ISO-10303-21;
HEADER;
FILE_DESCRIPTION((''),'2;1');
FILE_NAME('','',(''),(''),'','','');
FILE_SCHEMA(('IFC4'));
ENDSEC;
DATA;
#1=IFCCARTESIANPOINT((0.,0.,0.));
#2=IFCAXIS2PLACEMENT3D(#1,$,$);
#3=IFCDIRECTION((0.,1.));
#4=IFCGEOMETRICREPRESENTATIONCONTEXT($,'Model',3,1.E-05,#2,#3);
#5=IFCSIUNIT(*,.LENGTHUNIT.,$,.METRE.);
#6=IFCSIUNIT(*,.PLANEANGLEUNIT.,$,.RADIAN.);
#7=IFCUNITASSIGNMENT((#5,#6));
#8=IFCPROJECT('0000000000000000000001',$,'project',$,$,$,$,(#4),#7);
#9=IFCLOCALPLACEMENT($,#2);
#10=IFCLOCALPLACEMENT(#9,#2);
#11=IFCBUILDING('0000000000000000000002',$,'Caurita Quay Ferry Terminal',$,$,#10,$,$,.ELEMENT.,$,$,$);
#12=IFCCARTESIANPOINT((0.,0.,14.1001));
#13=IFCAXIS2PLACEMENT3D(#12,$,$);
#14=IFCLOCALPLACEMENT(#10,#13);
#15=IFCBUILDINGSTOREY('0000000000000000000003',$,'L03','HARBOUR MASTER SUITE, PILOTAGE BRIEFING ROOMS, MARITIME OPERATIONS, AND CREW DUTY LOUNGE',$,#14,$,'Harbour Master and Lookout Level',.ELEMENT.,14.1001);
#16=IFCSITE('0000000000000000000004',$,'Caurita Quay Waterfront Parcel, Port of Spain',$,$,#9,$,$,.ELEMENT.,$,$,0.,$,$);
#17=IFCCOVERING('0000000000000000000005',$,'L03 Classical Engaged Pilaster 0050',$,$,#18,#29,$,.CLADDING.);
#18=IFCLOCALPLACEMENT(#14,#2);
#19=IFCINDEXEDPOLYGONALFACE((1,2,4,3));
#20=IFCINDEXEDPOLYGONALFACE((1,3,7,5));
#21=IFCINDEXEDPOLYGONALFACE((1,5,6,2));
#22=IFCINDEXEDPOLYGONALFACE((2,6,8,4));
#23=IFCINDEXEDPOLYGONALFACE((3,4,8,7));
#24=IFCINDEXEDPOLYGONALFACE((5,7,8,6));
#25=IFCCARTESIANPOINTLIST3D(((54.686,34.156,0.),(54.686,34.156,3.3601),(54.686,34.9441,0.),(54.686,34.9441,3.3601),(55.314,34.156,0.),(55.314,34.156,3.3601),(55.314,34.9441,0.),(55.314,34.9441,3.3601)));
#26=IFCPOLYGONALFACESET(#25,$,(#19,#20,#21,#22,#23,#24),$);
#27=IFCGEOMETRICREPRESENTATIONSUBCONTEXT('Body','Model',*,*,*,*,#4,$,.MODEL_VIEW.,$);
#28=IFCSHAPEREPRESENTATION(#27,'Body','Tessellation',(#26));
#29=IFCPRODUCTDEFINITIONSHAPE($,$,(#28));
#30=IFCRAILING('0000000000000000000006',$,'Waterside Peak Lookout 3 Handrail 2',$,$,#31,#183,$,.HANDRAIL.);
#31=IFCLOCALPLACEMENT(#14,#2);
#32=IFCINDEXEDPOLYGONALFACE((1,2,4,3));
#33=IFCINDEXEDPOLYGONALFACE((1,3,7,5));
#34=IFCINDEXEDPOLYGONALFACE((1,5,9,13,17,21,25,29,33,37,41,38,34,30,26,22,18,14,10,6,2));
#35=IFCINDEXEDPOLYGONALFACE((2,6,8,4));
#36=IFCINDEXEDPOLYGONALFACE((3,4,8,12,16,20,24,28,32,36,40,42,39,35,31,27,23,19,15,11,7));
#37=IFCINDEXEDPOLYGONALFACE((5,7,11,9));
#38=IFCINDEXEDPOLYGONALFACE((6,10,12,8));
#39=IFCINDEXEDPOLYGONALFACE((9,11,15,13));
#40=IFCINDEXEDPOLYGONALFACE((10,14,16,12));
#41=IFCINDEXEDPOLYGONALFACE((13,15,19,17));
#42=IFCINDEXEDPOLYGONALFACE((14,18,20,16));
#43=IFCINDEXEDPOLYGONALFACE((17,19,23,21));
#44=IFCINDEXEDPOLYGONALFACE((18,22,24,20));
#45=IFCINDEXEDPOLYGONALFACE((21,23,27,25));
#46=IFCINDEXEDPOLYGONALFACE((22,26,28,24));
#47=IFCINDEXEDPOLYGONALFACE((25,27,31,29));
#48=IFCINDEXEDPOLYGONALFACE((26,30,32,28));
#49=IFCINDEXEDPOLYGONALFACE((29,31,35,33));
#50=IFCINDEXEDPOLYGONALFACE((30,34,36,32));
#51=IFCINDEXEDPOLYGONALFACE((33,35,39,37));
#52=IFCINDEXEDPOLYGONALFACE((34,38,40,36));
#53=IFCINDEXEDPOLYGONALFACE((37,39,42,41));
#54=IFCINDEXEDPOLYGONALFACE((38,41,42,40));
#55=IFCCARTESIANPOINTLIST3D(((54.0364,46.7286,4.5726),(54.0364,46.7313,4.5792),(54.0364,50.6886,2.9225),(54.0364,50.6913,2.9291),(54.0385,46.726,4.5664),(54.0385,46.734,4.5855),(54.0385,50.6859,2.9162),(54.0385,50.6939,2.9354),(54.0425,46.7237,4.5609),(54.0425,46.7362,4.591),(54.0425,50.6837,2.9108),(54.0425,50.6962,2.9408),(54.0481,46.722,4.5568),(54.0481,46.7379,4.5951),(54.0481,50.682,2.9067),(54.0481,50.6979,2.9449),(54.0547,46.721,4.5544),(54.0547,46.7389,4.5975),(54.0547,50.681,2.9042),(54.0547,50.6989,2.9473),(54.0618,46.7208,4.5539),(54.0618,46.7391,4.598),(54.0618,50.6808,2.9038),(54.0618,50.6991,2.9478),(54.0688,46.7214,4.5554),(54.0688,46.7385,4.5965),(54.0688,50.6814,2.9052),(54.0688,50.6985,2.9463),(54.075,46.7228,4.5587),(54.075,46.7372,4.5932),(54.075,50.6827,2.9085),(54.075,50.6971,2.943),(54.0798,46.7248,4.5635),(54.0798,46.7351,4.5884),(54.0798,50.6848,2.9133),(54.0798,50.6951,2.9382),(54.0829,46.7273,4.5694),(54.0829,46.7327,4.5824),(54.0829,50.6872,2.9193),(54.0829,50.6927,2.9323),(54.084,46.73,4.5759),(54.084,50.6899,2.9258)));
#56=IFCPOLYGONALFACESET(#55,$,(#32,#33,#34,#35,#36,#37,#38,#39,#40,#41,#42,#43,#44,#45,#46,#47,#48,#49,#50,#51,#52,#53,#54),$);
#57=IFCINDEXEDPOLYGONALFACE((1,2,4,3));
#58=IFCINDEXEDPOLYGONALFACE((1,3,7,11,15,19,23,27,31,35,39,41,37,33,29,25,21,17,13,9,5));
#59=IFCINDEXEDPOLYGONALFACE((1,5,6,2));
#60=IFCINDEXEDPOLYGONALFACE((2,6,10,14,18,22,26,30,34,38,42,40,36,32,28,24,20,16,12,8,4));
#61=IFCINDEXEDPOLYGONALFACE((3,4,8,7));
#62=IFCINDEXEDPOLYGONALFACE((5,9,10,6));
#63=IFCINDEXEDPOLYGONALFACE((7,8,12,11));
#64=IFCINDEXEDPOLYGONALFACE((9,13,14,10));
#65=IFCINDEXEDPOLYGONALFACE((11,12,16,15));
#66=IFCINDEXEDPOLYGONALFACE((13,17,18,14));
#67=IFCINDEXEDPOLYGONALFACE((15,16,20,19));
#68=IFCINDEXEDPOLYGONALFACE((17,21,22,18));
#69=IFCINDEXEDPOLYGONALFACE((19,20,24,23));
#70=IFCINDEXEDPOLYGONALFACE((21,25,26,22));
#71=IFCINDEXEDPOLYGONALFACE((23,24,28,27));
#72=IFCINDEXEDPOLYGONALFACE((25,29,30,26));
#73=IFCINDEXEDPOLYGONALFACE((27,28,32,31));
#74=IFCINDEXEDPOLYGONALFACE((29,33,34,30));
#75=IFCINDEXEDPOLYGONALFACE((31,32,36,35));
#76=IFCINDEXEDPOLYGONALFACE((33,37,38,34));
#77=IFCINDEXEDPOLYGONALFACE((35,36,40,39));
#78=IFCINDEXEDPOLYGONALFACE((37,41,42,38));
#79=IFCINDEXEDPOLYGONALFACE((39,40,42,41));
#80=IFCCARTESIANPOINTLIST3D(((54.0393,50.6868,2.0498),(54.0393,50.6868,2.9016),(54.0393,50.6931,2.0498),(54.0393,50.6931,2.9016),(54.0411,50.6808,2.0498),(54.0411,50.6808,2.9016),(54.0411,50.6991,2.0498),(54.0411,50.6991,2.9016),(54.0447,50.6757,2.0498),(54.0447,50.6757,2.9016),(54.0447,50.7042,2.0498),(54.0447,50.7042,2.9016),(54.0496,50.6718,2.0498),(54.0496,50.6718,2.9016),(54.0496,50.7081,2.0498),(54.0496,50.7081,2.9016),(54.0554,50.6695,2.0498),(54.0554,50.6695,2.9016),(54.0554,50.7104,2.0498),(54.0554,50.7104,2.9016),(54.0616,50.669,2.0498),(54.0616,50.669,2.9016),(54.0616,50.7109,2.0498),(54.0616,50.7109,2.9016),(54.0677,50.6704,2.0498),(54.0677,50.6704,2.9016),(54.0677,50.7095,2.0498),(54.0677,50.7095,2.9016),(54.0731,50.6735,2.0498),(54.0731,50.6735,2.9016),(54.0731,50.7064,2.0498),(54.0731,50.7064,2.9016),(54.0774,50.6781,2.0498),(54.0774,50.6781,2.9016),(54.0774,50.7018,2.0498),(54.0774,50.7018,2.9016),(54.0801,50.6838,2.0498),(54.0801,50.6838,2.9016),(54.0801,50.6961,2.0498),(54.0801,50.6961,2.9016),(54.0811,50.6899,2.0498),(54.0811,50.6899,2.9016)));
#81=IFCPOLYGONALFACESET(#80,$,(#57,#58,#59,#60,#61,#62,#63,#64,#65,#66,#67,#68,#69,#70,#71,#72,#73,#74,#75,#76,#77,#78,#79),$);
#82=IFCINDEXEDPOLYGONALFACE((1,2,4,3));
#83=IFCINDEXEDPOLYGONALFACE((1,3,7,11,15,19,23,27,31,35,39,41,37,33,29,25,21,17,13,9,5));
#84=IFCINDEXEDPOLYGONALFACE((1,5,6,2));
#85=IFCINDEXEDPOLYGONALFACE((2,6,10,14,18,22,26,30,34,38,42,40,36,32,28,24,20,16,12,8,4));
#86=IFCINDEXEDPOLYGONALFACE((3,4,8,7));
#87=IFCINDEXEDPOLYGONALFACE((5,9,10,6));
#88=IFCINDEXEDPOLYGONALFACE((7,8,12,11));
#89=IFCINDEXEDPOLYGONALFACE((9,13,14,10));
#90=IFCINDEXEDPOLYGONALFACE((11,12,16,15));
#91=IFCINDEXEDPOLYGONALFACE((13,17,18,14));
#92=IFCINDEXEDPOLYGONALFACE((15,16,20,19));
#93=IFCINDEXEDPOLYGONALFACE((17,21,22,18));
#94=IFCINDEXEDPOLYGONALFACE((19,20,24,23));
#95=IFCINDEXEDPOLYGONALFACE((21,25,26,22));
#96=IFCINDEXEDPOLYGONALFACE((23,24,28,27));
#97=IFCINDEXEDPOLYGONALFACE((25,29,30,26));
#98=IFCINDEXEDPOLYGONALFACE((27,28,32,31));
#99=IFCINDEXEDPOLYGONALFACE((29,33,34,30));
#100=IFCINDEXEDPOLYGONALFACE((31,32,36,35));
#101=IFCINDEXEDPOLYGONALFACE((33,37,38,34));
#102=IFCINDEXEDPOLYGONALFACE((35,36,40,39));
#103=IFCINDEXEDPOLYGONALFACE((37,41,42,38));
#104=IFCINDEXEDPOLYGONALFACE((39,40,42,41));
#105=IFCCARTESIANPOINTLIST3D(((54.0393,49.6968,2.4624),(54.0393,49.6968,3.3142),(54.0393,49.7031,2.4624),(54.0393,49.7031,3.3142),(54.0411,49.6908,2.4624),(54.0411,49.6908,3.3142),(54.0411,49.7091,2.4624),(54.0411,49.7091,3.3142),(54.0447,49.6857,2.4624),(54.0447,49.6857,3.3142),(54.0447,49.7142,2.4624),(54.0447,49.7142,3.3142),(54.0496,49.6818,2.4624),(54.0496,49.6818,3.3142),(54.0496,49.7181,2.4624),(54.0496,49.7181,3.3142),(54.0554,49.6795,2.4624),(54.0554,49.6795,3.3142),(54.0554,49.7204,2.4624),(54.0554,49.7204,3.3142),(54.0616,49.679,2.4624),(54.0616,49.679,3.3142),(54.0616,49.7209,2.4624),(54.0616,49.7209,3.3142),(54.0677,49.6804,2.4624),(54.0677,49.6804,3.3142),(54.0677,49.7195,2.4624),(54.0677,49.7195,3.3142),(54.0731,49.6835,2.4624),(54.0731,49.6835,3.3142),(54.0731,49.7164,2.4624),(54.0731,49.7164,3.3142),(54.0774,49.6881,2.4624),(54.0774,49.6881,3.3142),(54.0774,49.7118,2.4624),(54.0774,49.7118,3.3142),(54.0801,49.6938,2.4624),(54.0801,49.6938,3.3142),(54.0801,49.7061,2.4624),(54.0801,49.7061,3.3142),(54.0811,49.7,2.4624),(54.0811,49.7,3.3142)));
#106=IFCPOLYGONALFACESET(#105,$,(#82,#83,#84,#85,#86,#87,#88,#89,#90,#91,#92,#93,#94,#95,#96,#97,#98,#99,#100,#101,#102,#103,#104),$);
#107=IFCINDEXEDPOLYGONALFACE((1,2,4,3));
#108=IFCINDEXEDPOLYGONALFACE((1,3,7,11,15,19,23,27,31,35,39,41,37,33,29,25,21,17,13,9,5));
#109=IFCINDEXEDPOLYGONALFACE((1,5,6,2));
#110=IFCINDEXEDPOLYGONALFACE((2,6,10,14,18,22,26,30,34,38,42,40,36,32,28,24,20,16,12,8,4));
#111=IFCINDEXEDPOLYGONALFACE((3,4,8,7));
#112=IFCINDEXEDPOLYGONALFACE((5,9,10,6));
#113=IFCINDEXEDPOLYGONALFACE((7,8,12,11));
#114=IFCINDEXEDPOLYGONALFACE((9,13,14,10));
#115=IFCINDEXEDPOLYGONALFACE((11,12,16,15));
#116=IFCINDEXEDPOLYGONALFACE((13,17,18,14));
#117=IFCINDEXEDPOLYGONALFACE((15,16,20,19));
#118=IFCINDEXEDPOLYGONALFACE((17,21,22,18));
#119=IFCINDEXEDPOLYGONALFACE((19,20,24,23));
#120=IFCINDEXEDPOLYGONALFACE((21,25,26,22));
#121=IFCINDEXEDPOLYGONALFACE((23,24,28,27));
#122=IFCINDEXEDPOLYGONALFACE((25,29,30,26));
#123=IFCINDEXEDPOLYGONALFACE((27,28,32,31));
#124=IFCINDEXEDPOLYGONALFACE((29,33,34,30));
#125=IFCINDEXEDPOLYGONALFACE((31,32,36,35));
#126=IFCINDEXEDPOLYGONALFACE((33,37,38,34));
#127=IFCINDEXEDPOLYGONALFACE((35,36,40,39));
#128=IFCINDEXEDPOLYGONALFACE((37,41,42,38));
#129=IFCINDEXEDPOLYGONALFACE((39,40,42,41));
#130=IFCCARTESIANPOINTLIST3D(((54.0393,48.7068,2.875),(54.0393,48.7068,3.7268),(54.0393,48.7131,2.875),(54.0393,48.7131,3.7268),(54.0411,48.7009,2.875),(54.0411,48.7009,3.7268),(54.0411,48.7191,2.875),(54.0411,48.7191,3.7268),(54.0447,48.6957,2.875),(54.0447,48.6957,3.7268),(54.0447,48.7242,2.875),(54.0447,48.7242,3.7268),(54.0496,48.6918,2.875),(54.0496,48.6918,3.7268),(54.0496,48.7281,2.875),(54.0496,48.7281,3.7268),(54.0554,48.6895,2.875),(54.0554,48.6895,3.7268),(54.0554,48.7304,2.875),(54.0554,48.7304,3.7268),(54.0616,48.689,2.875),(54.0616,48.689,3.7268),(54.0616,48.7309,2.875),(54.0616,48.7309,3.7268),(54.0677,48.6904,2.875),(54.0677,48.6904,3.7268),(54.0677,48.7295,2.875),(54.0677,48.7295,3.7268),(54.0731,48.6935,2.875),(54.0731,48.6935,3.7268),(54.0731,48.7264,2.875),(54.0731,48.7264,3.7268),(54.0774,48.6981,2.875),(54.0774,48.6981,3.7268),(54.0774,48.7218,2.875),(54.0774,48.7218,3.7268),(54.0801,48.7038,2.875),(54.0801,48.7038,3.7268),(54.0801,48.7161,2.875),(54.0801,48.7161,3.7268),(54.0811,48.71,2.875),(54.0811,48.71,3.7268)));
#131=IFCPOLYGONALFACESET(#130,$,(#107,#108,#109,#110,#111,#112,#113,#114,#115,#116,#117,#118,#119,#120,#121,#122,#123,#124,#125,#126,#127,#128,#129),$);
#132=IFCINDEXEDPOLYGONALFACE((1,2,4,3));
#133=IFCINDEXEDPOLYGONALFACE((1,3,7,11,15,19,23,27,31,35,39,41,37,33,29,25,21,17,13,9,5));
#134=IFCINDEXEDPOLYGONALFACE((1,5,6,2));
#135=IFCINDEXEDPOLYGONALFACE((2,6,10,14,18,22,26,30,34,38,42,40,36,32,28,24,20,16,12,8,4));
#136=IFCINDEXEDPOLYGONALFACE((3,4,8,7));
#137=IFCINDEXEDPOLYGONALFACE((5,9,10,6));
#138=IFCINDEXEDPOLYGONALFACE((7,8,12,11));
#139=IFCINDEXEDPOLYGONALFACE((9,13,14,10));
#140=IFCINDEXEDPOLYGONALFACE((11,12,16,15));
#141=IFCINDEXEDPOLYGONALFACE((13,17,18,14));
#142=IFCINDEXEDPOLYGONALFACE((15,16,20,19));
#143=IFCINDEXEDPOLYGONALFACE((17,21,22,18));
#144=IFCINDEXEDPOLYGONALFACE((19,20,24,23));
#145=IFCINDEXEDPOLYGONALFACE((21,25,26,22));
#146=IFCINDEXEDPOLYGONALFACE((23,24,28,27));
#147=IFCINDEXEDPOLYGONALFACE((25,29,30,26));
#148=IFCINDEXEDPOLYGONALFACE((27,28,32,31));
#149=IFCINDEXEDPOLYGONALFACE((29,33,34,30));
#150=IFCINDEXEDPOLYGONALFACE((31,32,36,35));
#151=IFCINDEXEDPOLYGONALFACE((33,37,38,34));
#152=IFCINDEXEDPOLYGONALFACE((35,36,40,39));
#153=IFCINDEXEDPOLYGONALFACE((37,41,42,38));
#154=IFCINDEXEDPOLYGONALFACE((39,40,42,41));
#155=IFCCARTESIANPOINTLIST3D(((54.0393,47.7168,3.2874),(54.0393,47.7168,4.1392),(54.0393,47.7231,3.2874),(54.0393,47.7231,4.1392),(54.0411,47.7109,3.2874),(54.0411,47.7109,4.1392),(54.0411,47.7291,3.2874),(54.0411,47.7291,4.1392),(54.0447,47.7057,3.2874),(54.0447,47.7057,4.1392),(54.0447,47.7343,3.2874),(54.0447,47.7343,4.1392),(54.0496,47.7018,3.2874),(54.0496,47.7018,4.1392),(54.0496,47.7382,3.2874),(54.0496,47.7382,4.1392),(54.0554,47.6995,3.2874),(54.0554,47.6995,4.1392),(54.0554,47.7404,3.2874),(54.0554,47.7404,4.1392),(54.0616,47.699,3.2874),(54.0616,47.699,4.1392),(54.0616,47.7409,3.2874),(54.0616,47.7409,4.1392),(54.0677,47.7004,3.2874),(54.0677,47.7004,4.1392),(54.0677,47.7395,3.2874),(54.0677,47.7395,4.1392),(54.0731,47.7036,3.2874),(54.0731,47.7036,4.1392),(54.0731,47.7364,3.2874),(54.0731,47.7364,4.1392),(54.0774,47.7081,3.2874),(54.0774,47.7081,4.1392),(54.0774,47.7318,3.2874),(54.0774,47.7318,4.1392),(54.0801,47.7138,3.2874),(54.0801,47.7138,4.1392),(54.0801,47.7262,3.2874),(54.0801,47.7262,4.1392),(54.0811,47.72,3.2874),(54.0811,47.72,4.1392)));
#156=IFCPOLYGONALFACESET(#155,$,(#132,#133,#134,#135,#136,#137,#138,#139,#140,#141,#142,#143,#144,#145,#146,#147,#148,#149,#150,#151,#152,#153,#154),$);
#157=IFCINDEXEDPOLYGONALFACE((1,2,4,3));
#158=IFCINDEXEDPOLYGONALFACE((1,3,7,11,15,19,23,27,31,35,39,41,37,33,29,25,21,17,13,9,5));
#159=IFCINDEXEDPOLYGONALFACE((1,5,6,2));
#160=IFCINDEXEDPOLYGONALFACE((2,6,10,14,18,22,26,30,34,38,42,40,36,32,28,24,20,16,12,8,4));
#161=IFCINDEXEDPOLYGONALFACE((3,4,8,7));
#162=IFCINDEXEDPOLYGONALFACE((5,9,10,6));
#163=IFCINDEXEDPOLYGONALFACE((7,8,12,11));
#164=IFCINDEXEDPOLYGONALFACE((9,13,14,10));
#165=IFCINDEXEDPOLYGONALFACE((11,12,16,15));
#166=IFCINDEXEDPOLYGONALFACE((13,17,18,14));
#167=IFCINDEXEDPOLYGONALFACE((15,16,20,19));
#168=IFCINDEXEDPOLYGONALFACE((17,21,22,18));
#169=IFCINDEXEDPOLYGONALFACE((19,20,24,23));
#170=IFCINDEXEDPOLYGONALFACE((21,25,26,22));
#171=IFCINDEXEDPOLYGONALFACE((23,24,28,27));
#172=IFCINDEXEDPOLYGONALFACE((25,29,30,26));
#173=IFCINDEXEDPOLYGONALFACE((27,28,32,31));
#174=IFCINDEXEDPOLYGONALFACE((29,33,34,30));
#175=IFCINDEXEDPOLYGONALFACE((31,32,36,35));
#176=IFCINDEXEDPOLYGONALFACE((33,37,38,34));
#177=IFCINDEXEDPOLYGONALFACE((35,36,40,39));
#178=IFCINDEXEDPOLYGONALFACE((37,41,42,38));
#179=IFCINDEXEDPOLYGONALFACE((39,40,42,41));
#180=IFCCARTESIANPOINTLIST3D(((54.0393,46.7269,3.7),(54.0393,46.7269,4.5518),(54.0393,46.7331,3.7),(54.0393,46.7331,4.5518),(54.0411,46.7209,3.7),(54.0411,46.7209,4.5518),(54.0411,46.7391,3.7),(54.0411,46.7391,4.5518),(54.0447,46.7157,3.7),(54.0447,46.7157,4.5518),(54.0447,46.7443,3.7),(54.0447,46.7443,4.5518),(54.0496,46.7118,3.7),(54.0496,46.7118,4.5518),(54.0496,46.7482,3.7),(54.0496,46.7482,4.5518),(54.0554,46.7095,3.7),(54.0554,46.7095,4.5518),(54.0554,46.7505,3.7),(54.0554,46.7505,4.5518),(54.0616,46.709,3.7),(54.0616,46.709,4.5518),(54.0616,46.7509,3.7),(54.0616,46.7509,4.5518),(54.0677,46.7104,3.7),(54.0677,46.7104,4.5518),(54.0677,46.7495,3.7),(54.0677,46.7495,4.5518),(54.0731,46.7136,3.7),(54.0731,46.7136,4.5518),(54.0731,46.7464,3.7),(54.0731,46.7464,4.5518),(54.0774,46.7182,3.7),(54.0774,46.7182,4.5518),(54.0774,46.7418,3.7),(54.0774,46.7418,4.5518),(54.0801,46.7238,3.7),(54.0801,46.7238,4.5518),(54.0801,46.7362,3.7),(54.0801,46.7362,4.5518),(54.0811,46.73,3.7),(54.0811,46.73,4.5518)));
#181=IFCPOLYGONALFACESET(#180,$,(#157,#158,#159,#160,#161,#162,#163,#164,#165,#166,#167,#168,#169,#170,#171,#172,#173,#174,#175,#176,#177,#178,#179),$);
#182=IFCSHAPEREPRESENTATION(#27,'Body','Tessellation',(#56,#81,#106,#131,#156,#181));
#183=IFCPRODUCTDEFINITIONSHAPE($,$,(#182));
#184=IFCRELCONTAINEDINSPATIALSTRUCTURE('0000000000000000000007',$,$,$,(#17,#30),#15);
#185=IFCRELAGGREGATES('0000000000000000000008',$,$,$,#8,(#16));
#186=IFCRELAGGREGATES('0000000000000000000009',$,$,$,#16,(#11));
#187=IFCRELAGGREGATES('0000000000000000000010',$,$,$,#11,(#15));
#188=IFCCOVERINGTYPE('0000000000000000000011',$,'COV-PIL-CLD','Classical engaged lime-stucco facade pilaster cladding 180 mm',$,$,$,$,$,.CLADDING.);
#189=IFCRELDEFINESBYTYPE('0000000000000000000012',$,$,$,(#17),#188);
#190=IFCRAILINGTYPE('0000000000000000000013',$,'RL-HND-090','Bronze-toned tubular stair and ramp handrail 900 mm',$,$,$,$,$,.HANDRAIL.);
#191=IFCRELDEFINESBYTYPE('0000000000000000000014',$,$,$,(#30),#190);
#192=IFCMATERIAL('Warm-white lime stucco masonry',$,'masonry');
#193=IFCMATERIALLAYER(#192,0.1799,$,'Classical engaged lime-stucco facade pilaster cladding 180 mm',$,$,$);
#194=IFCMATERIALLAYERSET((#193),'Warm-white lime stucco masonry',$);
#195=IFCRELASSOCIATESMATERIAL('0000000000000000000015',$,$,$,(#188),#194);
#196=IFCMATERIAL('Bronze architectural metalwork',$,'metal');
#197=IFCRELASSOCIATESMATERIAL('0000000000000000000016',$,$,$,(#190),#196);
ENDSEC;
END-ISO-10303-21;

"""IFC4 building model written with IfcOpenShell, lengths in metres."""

from ifc_helpers import new_model, si_unit, direction, frame, origin, origin_2d, place, context, subcontext, project, spatial, rectangle, circle, extrude, material, layer, layer_set, type_object, element, save


model = new_model("IFC4")

# Units and contexts
model_context = context("Model", 3, precision=1e-05, world=origin(), true_north=direction((0.0, 1.0)))
body_context = subcontext(model_context, "Body", "Model", "MODEL_VIEW")
ifc_project = project(units=[si_unit("LENGTHUNIT", "METRE"), si_unit("PLANEANGLEUNIT", "RADIAN")], contexts=[model_context])

# Site, building, storey
site_placement = place(None, origin())
site = spatial("IfcSite", under=ifc_project, at=site_placement, Name="Caurita Quay Waterfront Parcel, Port of Spain", CompositionType="ELEMENT", RefElevation=0.0)
building_placement = place(site_placement, origin())
building = spatial("IfcBuilding", under=site, at=building_placement, Name="Caurita Quay Ferry Terminal", CompositionType="ELEMENT")
storey_placement = place(building_placement, frame((0.0, 0.0, 14.1001)))
storey = spatial("IfcBuildingStorey", under=building, at=storey_placement, Name="L03", Description="HARBOUR MASTER SUITE, PILOTAGE BRIEFING ROOMS, MARITIME OPERATIONS, AND CREW DUTY LOUNGE", LongName="Harbour Master and Lookout Level", CompositionType="ELEMENT", Elevation=14.1001)

# Covering
ifc_material_1 = material(Name="Warm-white lime stucco masonry", Category="masonry")
ifc_layer_1 = layer(ifc_material_1, 0.1799, Name="Classical engaged lime-stucco facade pilaster cladding 180 mm")
ifc_layer_set_1 = layer_set([ifc_layer_1], Name="Warm-white lime stucco masonry")
covering_type_1 = type_object("IfcCoveringType", Name="COV-PIL-CLD", Description="Classical engaged lime-stucco facade pilaster cladding 180 mm", PredefinedType="CLADDING", material=ifc_layer_set_1)
covering_1_placement = place(storey_placement, frame((55.0, 34.55, 0.0), z_axis=(0.0, 0.0, 1.0), x_axis=(1.0, 0.0, 0.0)))
element("IfcCovering", 1, at=covering_1_placement, inside=storey, type_object=covering_type_1, Name="L03 Classical Engaged Pilaster 0050", PredefinedType="CLADDING", context=body_context, shape_type="SweptSolid", body=[
    extrude(rectangle(XDim=0.6279, YDim=0.7881, at=origin_2d()), origin(), (0.0, 0.0, 1.0), 3.3601),
])

# Railing
ifc_material_2 = material(Name="Bronze architectural metalwork", Category="metal")
railing_type_1 = type_object("IfcRailingType", Name="RL-HND-090", Description="Bronze-toned tubular stair and ramp handrail 900 mm", PredefinedType="HANDRAIL", material=ifc_material_2)
railing_1_placement = place(storey_placement, frame((54.0601, 50.6899, 2.0498)))
element("IfcRailing", 2, at=railing_1_placement, inside=storey, type_object=railing_type_1, Name="Waterside Peak Lookout 3 Handrail 2", PredefinedType="HANDRAIL", context=body_context, shape_type="SweptSolid", body=[
    extrude(circle(Radius=0.0239, at=origin_2d()), frame((0.0, 0.0, 0.876), z_axis=(0.0, -0.923063, 0.384648), x_axis=(1.0, 0.0, 0.0)), (0.0, 0.0, 1.0), 4.29),
    extrude(circle(Radius=0.021, at=origin_2d()), origin(), (0.0, 0.0, 1.0), 0.8518),
    extrude(circle(Radius=0.021, at=origin_2d()), frame((0.0, -0.99, 0.4126)), (0.0, 0.0, 1.0), 0.8518),
    extrude(circle(Radius=0.021, at=origin_2d()), frame((0.0, -1.98, 0.8252)), (0.0, 0.0, 1.0), 0.8518),
    extrude(circle(Radius=0.021, at=origin_2d()), frame((0.0, -2.97, 1.2375)), (0.0, 0.0, 1.0), 0.8518),
    extrude(circle(Radius=0.021, at=origin_2d()), frame((0.0, -3.96, 1.6501)), (0.0, 0.0, 1.0), 0.8518),
])

save(model, "model.ifc")
